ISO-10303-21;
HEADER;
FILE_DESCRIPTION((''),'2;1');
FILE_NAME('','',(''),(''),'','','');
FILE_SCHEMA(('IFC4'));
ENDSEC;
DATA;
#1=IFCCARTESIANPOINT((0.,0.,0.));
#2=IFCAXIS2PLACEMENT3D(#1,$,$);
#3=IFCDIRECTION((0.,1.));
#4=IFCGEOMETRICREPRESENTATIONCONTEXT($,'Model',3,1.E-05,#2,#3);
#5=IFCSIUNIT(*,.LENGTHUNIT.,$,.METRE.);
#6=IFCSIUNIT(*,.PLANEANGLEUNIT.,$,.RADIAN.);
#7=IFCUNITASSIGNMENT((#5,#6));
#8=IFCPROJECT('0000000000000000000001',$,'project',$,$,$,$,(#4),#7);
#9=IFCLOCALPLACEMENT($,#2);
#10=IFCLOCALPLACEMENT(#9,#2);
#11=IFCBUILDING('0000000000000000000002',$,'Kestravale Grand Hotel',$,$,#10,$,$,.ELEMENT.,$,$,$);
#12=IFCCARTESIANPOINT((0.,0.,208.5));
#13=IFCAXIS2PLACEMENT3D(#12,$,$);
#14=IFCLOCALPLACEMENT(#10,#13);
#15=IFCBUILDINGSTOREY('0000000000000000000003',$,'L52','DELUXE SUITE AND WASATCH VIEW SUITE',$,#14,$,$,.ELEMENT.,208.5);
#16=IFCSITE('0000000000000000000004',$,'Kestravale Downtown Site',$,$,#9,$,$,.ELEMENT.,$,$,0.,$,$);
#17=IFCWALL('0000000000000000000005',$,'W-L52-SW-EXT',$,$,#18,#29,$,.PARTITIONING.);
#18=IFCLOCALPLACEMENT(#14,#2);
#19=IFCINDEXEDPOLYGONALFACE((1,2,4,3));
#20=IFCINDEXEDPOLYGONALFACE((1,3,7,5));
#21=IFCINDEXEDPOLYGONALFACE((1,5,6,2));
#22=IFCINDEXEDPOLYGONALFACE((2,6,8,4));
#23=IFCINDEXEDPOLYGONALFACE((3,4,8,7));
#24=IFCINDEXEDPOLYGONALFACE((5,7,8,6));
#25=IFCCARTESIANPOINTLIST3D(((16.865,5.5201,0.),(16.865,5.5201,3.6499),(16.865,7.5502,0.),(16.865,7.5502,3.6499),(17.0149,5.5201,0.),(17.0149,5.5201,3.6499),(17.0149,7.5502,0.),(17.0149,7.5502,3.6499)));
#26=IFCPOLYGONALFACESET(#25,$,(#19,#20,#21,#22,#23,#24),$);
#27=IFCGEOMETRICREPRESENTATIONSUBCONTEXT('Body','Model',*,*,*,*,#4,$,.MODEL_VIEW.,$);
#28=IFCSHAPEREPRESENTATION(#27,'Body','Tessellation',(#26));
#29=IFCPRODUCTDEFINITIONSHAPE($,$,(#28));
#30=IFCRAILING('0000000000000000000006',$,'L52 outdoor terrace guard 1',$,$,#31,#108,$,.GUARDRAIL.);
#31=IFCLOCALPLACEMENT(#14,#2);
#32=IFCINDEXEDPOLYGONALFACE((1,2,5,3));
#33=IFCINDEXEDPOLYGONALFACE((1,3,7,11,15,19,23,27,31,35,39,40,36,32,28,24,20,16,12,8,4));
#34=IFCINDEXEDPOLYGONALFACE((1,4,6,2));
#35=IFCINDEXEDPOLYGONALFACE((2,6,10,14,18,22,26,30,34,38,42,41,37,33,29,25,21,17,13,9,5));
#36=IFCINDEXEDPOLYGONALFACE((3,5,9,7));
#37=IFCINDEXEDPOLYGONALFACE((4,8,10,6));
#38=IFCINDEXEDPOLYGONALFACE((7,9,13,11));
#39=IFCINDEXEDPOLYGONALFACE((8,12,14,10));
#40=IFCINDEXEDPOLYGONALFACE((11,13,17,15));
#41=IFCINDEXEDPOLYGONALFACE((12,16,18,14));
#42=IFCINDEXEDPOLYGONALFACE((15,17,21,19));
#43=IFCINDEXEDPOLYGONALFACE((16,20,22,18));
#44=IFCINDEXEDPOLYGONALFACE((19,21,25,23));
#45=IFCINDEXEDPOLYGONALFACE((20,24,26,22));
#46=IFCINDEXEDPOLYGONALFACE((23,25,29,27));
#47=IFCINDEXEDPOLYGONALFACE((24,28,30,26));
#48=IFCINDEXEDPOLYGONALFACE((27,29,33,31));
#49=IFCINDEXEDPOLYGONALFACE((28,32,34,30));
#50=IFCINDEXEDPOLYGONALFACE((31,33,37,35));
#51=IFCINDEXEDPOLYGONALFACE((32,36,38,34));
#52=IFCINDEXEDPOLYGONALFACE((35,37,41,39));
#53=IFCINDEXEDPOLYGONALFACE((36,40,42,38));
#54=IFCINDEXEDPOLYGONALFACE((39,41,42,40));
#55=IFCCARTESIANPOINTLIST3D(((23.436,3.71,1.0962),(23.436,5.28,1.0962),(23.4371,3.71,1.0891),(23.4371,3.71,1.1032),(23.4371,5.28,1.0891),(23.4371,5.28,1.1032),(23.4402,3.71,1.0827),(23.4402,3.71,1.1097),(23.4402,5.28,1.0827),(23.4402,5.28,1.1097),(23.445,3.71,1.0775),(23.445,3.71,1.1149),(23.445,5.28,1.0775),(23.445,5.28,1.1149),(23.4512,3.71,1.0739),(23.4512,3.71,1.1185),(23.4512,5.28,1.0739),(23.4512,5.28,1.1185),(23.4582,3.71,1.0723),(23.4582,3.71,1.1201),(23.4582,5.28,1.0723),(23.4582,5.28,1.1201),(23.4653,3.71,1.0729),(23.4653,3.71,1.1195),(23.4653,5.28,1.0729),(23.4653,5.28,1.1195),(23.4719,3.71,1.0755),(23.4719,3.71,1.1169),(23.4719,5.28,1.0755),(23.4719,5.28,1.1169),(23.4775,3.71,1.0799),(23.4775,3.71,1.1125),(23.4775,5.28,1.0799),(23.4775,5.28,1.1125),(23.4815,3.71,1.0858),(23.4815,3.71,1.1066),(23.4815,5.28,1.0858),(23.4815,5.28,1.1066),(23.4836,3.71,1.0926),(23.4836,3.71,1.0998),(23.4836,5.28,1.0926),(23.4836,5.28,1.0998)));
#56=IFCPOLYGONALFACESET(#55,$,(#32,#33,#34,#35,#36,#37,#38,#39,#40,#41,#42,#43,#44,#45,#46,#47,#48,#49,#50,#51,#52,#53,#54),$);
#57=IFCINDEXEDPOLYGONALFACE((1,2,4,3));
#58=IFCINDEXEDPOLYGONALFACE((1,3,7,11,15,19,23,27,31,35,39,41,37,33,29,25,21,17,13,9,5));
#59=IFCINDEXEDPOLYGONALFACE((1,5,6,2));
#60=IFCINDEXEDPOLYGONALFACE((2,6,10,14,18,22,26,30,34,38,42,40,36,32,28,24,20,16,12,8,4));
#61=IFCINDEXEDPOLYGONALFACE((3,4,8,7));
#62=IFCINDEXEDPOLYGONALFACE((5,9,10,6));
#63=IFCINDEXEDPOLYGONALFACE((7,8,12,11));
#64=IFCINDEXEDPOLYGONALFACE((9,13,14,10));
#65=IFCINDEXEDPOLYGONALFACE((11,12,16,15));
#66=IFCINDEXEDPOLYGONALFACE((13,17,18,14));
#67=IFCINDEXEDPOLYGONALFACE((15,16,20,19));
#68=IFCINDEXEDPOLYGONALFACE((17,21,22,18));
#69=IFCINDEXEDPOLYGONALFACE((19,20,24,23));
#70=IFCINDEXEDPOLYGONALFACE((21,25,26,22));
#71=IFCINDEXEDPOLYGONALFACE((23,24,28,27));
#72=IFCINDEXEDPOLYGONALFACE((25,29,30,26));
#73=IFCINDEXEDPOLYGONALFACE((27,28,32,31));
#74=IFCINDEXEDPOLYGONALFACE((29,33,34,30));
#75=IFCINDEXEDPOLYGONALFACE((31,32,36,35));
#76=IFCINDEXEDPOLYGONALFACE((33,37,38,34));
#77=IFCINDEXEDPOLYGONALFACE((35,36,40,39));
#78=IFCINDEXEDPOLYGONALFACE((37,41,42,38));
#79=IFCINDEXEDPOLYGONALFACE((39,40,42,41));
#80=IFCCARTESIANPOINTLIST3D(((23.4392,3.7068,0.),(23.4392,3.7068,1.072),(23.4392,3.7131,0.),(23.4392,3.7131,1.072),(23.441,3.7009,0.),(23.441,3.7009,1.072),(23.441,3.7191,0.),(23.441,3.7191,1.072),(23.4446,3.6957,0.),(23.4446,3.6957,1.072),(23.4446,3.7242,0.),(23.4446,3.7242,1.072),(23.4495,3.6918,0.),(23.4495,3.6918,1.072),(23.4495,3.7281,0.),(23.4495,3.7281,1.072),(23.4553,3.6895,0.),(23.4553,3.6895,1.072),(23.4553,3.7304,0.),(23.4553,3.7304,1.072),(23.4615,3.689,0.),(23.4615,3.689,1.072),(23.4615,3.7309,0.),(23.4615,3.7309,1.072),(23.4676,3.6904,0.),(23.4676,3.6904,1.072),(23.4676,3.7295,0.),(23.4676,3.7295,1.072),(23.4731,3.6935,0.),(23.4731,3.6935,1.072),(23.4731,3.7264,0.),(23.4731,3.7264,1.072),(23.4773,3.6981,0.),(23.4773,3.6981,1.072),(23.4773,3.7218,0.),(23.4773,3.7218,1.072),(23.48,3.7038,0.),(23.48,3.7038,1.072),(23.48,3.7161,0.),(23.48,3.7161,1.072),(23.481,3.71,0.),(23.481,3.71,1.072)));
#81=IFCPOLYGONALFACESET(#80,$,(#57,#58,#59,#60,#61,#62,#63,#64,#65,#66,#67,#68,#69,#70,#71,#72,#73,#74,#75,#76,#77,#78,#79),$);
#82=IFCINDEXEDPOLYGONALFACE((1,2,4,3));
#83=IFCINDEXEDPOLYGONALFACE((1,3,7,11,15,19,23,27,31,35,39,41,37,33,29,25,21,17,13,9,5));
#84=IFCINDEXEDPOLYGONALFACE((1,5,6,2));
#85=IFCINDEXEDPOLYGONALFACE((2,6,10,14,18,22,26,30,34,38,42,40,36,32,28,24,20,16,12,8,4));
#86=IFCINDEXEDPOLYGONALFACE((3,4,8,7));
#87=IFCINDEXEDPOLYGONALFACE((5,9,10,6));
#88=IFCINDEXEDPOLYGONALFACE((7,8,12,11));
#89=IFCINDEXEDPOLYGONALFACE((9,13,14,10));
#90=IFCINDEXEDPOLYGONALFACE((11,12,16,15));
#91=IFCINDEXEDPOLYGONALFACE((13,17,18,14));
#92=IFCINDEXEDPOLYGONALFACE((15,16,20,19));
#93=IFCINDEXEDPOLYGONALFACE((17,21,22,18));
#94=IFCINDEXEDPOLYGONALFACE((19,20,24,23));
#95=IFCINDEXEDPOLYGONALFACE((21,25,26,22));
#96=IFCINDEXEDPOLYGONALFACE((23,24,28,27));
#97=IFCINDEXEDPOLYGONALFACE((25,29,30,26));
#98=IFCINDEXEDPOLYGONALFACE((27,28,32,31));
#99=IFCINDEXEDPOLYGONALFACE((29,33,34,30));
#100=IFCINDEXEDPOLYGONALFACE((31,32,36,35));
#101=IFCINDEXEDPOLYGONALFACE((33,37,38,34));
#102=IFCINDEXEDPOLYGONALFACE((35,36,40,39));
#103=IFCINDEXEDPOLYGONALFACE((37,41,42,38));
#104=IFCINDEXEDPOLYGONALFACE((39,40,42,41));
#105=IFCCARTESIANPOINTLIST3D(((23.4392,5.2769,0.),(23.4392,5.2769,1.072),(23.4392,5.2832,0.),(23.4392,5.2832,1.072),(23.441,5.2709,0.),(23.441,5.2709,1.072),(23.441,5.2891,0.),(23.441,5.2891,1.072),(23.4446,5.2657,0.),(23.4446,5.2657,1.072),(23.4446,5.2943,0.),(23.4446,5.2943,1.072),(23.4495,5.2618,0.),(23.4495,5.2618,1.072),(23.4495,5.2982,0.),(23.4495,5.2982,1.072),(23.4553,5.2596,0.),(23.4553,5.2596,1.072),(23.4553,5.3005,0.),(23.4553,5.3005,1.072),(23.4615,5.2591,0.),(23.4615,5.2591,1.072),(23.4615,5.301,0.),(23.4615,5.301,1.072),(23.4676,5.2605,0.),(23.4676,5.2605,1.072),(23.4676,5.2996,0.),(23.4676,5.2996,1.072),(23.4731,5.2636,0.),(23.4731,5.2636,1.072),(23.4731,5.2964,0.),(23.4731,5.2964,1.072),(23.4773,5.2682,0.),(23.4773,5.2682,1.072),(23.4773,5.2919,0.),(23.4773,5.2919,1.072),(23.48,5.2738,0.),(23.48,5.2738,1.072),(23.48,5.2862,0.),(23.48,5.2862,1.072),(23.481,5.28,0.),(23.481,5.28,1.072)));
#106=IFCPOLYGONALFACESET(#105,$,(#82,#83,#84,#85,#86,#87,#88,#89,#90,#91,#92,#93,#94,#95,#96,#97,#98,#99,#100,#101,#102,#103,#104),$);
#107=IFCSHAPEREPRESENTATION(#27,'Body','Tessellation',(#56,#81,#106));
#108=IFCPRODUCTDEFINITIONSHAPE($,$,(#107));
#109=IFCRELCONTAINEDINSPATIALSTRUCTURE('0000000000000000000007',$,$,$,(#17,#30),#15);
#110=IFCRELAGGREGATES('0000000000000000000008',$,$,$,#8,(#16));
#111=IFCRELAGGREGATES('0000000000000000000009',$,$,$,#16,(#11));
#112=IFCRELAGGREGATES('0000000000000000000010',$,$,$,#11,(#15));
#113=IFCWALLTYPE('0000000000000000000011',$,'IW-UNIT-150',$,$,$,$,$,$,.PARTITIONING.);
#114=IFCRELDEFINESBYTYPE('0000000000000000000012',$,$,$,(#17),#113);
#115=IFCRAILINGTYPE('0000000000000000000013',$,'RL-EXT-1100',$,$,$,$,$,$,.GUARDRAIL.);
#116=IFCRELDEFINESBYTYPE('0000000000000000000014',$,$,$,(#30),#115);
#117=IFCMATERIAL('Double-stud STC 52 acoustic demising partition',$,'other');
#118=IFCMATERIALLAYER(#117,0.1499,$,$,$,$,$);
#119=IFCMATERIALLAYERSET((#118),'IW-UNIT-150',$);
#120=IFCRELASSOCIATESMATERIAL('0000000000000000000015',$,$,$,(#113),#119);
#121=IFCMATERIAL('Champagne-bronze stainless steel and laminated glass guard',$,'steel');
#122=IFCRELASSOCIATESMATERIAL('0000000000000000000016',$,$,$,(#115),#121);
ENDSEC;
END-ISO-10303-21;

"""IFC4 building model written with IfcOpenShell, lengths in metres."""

from ifc_helpers import new_model, si_unit, direction, frame, frame_2d, origin, origin_2d, place, context, subcontext, project, spatial, rectangle, circle, extrude, material, layer, layer_set, type_object, element, save


model = new_model("IFC4")

# Units and contexts
model_context = context("Model", 3, precision=1e-05, world=origin(), true_north=direction((0.0, 1.0)))
body_context = subcontext(model_context, "Body", "Model", "MODEL_VIEW")
ifc_project = project(units=[si_unit("LENGTHUNIT", "METRE"), si_unit("PLANEANGLEUNIT", "RADIAN")], contexts=[model_context])

# Site, building, storey
site_placement = place(None, origin())
site = spatial("IfcSite", under=ifc_project, at=site_placement, Name="Kestravale Downtown Site", CompositionType="ELEMENT", RefElevation=0.0)
building_placement = place(site_placement, origin())
building = spatial("IfcBuilding", under=site, at=building_placement, Name="Kestravale Grand Hotel", CompositionType="ELEMENT")
storey_placement = place(building_placement, frame((0.0, 0.0, 208.5)))
storey = spatial("IfcBuildingStorey", under=building, at=storey_placement, Name="L52", Description="DELUXE SUITE AND WASATCH VIEW SUITE", CompositionType="ELEMENT", Elevation=208.5)

# Wall
ifc_material_1 = material(Name="Double-stud STC 52 acoustic demising partition", Category="other")
ifc_layer_1 = layer(ifc_material_1, 0.1499)
ifc_layer_set_1 = layer_set([ifc_layer_1], Name="IW-UNIT-150")
wall_type_1 = type_object("IfcWallType", Name="IW-UNIT-150", PredefinedType="PARTITIONING", material=ifc_layer_set_1)
wall_1_placement = place(storey_placement, frame((16.9399, 5.52, 0.0), z_axis=(0.0, 0.0, 1.0), x_axis=(0.0, 1.0, 0.0)))
element("IfcWall", 1, at=wall_1_placement, inside=storey, type_object=wall_type_1, Name="W-L52-SW-EXT", PredefinedType="PARTITIONING", context=body_context, shape_type="SweptSolid", body=[
    extrude(rectangle(XDim=2.03, YDim=0.1499, at=frame_2d((1.0151, 0.0))), origin(), (0.0, 0.0, 1.0), 3.6499),
])

# Railing
ifc_material_2 = material(Name="Champagne-bronze stainless steel and laminated glass guard", Category="steel")
railing_type = type_object("IfcRailingType", Name="RL-EXT-1100", PredefinedType="GUARDRAIL", material=ifc_material_2)
railing_1_placement = place(storey_placement, frame((23.46, 3.71, 0.0)))
element("IfcRailing", 2, at=railing_1_placement, inside=storey, type_object=railing_type, Name="L52 outdoor terrace guard 1", PredefinedType="GUARDRAIL", context=body_context, shape_type="SweptSolid", body=[
    extrude(circle(Radius=0.0239, at=origin_2d()), frame((0.0, 0.0, 1.0962), z_axis=(0.0, 1.0, 0.0), x_axis=(-1.0, 0.0, 0.0)), (0.0, 0.0, 1.0), 1.5701),
    extrude(circle(Radius=0.021, at=origin_2d()), origin(), (0.0, 0.0, 1.0), 1.072),
    extrude(circle(Radius=0.021, at=origin_2d()), frame((0.0, 1.5701, 0.0)), (0.0, 0.0, 1.0), 1.072),
])

save(model, "model.ifc")
